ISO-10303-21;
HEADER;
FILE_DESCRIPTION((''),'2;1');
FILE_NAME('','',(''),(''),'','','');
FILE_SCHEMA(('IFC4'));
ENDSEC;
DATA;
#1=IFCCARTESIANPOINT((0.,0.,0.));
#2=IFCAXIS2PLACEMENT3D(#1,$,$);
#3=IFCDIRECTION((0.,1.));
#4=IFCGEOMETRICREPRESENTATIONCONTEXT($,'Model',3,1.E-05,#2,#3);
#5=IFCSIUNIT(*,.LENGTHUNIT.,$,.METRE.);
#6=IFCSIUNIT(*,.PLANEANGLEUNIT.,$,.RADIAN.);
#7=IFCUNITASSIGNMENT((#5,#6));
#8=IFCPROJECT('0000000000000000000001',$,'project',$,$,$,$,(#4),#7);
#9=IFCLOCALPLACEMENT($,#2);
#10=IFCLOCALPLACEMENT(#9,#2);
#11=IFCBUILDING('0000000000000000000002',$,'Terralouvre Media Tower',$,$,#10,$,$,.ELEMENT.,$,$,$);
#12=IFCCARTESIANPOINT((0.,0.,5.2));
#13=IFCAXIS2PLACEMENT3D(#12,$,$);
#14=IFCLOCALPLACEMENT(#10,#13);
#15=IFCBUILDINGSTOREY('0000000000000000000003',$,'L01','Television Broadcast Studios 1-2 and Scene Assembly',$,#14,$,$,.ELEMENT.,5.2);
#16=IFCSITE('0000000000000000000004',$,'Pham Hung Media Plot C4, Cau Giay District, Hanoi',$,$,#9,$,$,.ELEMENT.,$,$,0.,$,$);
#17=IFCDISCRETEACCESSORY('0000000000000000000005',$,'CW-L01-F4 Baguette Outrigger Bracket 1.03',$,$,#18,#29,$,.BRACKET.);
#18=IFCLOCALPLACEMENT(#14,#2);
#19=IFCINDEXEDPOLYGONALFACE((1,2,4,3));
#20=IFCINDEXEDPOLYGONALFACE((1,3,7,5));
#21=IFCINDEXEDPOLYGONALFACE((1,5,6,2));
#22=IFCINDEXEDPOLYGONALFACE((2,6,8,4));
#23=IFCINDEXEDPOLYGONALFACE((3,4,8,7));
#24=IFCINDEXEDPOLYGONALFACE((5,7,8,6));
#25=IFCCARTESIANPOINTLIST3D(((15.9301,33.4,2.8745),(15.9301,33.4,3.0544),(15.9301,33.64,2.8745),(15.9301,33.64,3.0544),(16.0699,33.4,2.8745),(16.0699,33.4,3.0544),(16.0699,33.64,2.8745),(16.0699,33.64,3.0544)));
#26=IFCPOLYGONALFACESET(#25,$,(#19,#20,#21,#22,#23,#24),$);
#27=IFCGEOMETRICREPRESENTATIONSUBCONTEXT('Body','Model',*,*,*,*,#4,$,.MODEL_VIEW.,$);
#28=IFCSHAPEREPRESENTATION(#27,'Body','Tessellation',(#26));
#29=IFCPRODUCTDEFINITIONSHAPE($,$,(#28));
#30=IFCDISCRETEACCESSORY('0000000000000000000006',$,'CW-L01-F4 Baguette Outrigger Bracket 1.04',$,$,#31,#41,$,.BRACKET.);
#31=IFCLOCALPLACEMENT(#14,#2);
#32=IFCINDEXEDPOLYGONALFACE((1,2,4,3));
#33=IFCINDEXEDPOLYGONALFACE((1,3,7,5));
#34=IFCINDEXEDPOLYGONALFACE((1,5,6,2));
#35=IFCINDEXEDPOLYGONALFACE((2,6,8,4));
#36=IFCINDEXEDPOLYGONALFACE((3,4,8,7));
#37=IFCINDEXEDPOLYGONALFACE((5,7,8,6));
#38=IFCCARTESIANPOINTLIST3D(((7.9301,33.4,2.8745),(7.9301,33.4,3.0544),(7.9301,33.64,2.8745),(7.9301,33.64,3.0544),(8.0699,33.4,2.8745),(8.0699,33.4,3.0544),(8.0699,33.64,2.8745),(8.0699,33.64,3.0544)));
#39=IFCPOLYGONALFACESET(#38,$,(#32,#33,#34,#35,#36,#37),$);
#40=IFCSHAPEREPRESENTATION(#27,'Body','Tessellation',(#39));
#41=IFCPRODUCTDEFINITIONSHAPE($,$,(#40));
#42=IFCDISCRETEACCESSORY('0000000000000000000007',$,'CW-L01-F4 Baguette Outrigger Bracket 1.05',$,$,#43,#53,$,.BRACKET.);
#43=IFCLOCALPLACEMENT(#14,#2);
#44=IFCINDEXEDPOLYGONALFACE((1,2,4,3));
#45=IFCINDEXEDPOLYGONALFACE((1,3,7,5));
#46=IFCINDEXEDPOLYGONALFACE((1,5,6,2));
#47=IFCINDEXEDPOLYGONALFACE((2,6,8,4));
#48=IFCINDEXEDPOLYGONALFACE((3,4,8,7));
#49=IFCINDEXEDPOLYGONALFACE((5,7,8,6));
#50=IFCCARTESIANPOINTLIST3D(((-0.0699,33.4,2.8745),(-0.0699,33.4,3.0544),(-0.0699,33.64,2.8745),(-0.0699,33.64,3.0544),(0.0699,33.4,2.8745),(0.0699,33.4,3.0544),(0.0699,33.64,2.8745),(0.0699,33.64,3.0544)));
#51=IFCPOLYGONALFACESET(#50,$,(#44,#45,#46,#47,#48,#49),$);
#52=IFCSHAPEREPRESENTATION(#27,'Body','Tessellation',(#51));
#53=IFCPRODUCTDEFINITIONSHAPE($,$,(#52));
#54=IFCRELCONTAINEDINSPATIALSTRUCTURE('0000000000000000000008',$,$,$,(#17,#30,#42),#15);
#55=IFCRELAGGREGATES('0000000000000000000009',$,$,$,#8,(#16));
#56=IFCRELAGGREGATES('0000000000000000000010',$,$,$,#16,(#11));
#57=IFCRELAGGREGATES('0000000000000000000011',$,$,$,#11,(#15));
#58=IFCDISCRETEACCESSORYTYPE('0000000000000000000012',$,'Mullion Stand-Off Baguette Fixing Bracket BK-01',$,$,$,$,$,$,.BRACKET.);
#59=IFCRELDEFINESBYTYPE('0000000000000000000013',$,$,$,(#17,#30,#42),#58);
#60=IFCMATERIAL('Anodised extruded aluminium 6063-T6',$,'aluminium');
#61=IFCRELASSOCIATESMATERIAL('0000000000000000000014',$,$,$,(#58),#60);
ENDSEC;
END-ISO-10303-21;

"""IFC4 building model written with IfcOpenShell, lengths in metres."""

from ifc_helpers import new_model, si_unit, direction, frame, origin, origin_2d, place, context, subcontext, project, spatial, rectangle, extrude, material, type_object, element, save


model = new_model("IFC4")

# Units and contexts
model_context = context("Model", 3, precision=1e-05, world=origin(), true_north=direction((0.0, 1.0)))
body_context = subcontext(model_context, "Body", "Model", "MODEL_VIEW")
ifc_project = project(units=[si_unit("LENGTHUNIT", "METRE"), si_unit("PLANEANGLEUNIT", "RADIAN")], contexts=[model_context])

# Site, building, storey
site_placement = place(None, origin())
site = spatial("IfcSite", under=ifc_project, at=site_placement, Name="Pham Hung Media Plot C4, Cau Giay District, Hanoi", CompositionType="ELEMENT", RefElevation=0.0)
building_placement = place(site_placement, origin())
building = spatial("IfcBuilding", under=site, at=building_placement, Name="Terralouvre Media Tower", CompositionType="ELEMENT")
storey_placement = place(building_placement, frame((0.0, 0.0, 5.2)))
storey = spatial("IfcBuildingStorey", under=building, at=storey_placement, Name="L01", Description="Television Broadcast Studios 1-2 and Scene Assembly", CompositionType="ELEMENT", Elevation=5.2)

# Discrete accessories
ifc_material_1 = material(Name="Anodised extruded aluminium 6063-T6", Category="aluminium")
discrete_accessory_type = type_object("IfcDiscreteAccessoryType", Name="Mullion Stand-Off Baguette Fixing Bracket BK-01", PredefinedType="BRACKET", material=ifc_material_1)
for number, where, z_axis, x_axis, name in (
    (1, (16.0, 33.52, 2.8745), (0.0, 0.0, 1.0), (-1.0, 0.0, 0.0), "CW-L01-F4 Baguette Outrigger Bracket 1.03"),
    (2, (8.0, 33.52, 2.8745), (0.0, 0.0, 1.0), (-1.0, 0.0, 0.0), "CW-L01-F4 Baguette Outrigger Bracket 1.04"),
    (3, (0.0, 33.52, 2.8745), (0.0, 0.0, 1.0), (-1.0, 0.0, 0.0), "CW-L01-F4 Baguette Outrigger Bracket 1.05"),
):
    element("IfcDiscreteAccessory", number, at=place(storey_placement, frame(where, z_axis=z_axis, x_axis=x_axis)), inside=storey, type_object=discrete_accessory_type, Name=name, PredefinedType="BRACKET", context=body_context, shape_type="SweptSolid", body=[
        extrude(rectangle(XDim=0.1399, YDim=0.24, at=origin_2d()), origin(), (0.0, 0.0, 1.0), 0.1799),
    ])

save(model, "model.ifc")
